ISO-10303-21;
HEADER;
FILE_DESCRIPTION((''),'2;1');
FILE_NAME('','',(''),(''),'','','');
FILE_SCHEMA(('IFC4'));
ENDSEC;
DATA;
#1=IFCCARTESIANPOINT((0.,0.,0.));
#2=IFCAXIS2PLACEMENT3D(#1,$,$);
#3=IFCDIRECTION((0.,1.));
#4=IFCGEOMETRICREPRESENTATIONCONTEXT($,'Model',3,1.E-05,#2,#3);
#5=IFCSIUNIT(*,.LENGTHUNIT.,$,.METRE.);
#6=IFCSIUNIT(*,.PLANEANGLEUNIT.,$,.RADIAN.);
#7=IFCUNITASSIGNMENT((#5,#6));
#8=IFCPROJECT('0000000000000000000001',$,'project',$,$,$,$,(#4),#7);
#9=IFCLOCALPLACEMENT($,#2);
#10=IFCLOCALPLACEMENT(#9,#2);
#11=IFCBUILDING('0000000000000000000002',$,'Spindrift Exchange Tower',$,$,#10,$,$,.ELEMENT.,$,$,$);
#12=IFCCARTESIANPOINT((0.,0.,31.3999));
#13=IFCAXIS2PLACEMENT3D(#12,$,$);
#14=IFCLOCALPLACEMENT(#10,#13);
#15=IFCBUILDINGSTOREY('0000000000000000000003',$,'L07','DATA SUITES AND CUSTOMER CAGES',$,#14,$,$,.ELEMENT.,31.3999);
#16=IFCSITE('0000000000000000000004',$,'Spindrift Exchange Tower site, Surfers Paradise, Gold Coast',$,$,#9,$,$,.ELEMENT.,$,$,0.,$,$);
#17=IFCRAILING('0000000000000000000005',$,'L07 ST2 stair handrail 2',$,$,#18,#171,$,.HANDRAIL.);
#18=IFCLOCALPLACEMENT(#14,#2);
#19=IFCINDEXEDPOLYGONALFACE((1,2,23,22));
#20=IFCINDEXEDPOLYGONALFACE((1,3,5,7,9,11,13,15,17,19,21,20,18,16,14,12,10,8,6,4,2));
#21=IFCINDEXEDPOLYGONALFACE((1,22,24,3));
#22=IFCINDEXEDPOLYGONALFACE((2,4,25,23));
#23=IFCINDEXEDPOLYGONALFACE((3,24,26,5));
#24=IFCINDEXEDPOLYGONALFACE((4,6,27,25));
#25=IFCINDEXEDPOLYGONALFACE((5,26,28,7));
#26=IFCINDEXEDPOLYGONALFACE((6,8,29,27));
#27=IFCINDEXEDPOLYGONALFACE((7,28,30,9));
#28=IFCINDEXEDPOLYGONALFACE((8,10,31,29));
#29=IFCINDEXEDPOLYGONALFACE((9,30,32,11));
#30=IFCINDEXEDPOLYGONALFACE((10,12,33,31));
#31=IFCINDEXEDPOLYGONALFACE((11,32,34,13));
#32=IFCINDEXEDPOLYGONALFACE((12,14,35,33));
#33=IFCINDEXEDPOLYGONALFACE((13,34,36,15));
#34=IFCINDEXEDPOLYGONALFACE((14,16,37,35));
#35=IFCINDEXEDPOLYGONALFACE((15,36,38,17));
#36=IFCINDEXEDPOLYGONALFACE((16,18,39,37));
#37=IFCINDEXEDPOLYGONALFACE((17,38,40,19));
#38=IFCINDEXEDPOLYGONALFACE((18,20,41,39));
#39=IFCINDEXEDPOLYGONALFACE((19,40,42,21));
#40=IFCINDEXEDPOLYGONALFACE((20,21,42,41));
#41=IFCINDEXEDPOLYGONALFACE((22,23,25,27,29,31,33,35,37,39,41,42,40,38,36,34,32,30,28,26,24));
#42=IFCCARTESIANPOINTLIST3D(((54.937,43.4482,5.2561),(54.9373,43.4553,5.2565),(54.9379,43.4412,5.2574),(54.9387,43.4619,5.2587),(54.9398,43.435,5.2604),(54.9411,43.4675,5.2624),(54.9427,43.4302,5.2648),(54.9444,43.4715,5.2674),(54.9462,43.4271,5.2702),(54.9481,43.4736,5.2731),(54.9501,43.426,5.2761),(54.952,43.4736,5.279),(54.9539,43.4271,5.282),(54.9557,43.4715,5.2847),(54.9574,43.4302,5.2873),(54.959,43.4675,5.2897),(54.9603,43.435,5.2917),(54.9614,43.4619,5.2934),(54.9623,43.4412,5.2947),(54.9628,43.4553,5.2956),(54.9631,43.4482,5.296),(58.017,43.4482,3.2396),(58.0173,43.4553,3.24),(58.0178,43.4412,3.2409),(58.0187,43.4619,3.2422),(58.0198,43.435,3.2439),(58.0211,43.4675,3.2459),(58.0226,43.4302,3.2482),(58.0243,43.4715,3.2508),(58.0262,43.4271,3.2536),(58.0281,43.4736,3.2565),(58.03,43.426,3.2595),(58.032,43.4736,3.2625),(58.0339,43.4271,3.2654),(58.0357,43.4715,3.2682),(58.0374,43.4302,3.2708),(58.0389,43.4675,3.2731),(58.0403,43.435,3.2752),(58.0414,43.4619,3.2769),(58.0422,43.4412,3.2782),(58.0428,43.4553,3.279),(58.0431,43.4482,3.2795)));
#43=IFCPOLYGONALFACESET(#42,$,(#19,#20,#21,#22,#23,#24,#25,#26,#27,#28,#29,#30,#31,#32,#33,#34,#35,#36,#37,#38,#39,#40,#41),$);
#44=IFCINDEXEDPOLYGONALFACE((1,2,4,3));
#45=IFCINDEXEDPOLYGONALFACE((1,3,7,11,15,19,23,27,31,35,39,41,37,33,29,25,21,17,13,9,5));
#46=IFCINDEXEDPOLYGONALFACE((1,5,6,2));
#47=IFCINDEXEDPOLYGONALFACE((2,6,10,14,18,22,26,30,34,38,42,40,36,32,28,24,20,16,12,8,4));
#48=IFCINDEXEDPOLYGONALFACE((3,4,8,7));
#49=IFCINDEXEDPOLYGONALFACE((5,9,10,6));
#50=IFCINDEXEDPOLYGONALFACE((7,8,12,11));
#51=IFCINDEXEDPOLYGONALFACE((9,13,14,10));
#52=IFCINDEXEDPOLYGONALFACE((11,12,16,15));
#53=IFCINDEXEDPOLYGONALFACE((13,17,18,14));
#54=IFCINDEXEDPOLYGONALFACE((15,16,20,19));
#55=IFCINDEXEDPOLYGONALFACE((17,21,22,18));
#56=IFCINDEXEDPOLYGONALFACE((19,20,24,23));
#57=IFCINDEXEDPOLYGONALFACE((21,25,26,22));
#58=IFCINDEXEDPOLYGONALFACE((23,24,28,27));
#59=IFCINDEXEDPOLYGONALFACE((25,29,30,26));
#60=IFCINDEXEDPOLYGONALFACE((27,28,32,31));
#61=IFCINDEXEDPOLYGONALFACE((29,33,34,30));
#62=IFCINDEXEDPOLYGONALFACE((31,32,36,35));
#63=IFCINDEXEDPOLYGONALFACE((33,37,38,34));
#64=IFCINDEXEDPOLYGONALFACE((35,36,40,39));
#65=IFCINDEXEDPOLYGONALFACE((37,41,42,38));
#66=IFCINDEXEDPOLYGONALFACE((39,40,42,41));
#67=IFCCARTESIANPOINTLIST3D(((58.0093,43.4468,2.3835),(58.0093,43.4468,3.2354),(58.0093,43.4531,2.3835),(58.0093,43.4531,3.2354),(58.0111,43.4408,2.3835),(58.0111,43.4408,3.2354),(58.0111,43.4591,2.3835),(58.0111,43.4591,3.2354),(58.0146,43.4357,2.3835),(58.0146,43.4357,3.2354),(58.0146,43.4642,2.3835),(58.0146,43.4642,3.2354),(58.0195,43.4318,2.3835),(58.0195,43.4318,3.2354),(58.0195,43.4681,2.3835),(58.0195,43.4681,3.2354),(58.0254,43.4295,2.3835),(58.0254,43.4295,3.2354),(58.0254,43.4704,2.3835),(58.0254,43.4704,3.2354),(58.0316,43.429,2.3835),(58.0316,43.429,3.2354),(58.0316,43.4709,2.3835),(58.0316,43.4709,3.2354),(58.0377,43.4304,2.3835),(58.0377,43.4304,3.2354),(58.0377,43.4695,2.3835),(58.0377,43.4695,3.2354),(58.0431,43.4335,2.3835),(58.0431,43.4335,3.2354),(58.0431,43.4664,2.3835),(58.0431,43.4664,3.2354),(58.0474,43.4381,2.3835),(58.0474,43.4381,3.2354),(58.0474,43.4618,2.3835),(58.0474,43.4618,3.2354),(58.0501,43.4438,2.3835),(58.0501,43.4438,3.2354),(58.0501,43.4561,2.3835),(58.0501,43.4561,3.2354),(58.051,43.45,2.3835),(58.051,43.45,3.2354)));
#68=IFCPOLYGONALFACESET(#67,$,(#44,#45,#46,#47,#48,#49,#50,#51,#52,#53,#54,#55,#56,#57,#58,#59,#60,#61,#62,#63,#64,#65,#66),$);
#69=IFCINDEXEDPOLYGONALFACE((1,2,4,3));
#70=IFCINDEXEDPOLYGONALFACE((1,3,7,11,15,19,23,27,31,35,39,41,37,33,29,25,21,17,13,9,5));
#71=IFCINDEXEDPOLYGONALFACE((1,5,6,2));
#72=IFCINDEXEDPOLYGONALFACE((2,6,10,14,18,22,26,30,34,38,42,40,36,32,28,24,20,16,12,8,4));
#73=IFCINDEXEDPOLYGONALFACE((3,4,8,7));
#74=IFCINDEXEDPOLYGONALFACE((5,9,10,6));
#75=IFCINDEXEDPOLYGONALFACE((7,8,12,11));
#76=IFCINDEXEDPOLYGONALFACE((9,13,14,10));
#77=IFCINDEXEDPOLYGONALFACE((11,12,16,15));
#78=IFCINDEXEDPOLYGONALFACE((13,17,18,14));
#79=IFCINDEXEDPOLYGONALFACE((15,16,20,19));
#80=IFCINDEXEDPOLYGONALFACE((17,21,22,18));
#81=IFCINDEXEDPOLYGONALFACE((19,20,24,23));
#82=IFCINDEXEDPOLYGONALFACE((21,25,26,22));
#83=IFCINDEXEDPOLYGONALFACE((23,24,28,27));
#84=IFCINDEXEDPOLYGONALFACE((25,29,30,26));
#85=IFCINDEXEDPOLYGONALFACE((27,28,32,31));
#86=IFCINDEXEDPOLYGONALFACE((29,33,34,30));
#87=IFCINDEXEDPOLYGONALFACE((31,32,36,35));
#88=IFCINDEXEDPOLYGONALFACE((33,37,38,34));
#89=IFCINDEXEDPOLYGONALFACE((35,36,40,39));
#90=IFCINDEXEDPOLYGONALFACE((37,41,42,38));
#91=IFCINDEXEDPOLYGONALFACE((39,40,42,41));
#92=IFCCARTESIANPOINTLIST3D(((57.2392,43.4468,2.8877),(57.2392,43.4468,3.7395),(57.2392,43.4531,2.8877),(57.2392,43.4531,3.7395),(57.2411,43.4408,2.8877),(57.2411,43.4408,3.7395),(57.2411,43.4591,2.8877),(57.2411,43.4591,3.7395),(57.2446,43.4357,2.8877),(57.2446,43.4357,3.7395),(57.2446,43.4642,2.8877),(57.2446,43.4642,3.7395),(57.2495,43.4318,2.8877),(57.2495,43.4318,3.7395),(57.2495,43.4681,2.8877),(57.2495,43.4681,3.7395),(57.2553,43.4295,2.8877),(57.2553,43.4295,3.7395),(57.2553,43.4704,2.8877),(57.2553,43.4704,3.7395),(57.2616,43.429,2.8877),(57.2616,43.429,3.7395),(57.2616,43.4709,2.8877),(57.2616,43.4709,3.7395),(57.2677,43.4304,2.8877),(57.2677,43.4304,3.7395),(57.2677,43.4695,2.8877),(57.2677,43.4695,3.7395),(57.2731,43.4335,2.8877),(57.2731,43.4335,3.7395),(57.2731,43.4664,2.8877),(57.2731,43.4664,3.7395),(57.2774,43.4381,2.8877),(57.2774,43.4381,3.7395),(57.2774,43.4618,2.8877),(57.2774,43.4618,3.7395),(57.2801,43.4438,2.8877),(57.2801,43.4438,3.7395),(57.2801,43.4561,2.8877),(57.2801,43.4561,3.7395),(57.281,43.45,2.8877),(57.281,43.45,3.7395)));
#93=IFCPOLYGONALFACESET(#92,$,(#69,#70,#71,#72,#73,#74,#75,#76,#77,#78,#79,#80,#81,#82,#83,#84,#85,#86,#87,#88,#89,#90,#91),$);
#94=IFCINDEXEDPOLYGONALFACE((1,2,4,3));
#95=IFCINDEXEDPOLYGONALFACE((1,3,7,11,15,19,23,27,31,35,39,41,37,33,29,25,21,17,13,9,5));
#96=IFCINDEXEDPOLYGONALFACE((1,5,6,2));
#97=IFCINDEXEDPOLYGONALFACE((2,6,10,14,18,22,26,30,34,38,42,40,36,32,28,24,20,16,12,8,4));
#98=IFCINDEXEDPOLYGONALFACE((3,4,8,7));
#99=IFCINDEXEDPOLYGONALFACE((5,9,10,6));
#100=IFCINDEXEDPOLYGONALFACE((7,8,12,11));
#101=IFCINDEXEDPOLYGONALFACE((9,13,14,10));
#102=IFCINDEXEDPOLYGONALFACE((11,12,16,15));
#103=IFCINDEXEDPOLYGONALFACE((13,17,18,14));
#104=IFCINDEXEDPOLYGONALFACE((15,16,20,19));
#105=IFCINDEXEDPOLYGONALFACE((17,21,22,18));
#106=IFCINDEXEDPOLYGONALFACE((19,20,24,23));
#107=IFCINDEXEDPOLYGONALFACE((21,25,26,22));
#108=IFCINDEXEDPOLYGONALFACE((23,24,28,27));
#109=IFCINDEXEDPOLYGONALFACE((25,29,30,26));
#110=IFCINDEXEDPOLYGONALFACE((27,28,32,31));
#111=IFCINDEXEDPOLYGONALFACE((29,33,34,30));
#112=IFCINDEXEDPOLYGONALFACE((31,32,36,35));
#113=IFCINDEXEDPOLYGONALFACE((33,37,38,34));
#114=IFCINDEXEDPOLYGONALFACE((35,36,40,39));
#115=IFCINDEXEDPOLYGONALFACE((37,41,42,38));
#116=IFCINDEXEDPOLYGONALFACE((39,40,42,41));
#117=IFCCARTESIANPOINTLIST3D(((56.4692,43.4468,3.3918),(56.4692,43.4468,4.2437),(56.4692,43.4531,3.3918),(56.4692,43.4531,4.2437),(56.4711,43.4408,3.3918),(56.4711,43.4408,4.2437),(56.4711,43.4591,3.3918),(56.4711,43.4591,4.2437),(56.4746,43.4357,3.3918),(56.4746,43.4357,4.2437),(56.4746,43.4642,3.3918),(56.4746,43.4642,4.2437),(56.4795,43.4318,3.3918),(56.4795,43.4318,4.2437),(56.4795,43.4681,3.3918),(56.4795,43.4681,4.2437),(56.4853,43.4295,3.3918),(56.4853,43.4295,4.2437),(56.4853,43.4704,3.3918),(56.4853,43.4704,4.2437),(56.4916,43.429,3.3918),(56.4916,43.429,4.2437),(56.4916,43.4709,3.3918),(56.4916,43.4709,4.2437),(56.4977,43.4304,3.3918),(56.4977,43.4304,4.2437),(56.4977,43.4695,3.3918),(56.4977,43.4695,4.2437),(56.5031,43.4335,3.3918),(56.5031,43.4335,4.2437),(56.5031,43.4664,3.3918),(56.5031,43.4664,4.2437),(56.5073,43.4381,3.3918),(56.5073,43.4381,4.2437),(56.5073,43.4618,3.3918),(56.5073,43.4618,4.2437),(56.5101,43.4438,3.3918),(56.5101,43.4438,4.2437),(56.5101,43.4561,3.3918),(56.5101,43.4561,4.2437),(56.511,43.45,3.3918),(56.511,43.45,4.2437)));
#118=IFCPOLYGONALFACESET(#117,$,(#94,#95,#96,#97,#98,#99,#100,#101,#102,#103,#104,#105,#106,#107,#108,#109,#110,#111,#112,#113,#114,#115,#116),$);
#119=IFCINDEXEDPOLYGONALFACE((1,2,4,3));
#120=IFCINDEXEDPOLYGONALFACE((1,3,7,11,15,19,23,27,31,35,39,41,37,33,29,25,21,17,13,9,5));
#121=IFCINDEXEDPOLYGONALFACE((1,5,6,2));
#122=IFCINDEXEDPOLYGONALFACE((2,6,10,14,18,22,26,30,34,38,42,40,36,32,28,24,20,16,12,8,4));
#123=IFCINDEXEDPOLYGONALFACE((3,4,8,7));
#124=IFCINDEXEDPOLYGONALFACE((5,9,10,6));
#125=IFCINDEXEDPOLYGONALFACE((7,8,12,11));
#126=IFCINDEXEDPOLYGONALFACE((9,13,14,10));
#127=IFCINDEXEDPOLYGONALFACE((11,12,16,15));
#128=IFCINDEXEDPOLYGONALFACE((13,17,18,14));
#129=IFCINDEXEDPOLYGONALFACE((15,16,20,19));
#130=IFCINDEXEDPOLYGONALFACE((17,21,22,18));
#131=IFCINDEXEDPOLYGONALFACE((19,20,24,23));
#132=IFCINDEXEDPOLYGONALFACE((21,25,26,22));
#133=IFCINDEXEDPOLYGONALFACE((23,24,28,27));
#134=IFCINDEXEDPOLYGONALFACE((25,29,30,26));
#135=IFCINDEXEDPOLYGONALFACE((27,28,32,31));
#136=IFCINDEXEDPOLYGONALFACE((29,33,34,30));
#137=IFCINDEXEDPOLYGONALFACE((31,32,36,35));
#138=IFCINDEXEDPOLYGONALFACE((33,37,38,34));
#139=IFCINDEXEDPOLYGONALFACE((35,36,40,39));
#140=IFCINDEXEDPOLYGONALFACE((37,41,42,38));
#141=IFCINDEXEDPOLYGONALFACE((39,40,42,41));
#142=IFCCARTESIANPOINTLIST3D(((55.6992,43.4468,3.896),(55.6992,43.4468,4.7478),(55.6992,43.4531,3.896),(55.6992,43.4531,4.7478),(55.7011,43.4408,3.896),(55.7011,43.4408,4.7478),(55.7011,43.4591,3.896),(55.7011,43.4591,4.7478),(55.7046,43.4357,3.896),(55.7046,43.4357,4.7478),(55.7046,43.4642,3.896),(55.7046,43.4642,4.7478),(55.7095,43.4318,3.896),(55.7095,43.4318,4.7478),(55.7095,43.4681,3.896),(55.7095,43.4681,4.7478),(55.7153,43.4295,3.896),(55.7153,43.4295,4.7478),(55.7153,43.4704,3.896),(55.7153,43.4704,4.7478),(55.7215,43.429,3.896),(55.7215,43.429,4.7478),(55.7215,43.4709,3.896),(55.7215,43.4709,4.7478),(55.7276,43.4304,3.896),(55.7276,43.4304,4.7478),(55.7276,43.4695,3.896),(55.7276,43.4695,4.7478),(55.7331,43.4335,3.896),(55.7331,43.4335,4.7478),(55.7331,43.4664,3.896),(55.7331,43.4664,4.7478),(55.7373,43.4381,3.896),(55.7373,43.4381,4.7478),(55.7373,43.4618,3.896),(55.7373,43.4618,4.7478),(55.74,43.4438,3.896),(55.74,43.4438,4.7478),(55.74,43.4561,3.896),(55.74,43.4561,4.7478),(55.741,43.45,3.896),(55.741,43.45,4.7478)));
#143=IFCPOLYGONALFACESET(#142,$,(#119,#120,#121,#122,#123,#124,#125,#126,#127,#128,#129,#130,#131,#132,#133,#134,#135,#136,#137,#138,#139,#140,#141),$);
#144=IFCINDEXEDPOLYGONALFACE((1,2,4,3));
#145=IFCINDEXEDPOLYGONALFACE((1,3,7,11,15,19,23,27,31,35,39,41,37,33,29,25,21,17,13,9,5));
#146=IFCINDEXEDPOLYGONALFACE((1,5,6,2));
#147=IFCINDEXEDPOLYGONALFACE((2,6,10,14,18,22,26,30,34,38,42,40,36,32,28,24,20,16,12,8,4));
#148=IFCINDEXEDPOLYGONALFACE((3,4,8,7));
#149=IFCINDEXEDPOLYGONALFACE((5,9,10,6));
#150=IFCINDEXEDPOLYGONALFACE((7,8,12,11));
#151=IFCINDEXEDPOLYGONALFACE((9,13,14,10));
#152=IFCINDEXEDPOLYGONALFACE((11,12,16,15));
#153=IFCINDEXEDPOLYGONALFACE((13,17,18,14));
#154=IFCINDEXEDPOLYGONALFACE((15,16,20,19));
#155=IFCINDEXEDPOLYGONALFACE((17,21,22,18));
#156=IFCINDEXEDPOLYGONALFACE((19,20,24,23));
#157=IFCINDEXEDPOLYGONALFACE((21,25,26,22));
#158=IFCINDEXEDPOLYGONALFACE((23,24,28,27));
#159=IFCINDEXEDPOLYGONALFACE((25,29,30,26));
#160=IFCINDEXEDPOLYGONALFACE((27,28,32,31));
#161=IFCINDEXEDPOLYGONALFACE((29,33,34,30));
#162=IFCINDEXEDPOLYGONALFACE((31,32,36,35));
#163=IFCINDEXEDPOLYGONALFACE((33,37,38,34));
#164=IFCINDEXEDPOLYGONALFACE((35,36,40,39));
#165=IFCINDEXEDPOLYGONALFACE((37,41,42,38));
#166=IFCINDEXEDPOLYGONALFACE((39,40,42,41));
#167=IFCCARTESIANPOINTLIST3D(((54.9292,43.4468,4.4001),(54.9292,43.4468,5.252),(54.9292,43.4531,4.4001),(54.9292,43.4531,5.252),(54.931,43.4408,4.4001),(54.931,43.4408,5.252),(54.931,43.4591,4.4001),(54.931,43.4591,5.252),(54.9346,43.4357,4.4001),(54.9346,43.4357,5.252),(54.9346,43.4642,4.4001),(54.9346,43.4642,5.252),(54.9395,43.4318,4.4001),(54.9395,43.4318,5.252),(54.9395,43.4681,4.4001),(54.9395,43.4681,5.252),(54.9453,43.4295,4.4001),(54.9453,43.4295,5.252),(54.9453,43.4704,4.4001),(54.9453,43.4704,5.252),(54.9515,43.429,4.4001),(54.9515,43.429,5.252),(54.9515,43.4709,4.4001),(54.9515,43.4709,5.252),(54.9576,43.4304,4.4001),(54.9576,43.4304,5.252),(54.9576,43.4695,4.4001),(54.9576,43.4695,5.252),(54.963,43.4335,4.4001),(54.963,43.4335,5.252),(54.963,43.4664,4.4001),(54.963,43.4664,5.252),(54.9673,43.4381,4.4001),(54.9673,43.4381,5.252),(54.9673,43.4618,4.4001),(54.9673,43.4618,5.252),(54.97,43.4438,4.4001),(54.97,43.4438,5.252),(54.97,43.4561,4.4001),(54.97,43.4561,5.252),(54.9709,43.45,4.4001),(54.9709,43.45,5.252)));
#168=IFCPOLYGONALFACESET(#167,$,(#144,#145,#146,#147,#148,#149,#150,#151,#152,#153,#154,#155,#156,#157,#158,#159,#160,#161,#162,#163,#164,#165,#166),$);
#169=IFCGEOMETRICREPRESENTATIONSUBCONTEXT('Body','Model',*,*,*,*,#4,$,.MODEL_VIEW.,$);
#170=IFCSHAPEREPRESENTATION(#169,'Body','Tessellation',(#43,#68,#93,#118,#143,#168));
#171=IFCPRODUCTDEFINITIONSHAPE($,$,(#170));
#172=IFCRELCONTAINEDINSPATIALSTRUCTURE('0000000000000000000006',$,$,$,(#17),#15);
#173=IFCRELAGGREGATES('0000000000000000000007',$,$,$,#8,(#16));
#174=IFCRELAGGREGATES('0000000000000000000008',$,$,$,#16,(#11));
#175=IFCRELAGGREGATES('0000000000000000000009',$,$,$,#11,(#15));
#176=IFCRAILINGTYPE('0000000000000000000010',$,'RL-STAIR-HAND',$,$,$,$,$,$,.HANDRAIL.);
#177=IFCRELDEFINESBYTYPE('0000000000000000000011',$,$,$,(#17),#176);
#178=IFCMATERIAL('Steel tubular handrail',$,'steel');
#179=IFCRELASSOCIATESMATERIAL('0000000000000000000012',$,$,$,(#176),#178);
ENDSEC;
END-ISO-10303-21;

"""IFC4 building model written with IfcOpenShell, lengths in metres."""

from ifc_helpers import new_model, si_unit, direction, frame, origin, origin_2d, place, context, subcontext, project, spatial, circle, extrude, material, type_object, element, save


model = new_model("IFC4")

# Units and contexts
model_context = context("Model", 3, precision=1e-05, world=origin(), true_north=direction((0.0, 1.0)))
body_context = subcontext(model_context, "Body", "Model", "MODEL_VIEW")
ifc_project = project(units=[si_unit("LENGTHUNIT", "METRE"), si_unit("PLANEANGLEUNIT", "RADIAN")], contexts=[model_context])

# Site, building, storey
site_placement = place(None, origin())
site = spatial("IfcSite", under=ifc_project, at=site_placement, Name="Spindrift Exchange Tower site, Surfers Paradise, Gold Coast", CompositionType="ELEMENT", RefElevation=0.0)
building_placement = place(site_placement, origin())
building = spatial("IfcBuilding", under=site, at=building_placement, Name="Spindrift Exchange Tower", CompositionType="ELEMENT")
storey_placement = place(building_placement, frame((0.0, 0.0, 31.3999)))
storey = spatial("IfcBuildingStorey", under=building, at=storey_placement, Name="L07", Description="DATA SUITES AND CUSTOMER CAGES", CompositionType="ELEMENT", Elevation=31.3999)

# Railing
ifc_material_1 = material(Name="Steel tubular handrail", Category="steel")
railing_type_1 = type_object("IfcRailingType", Name="RL-STAIR-HAND", PredefinedType="HANDRAIL", material=ifc_material_1)
railing_1_placement = place(storey_placement, frame((58.03, 43.45, 2.3835)))
element("IfcRailing", 1, at=railing_1_placement, inside=storey, type_object=railing_type_1, Name="L07 ST2 stair handrail 2", PredefinedType="HANDRAIL", context=body_context, shape_type="SweptSolid", body=[
    extrude(circle(Radius=0.0239, at=origin_2d()), frame((0.0, 0.0, 0.876), z_axis=(-0.836633, 0.0, 0.547764), x_axis=(0.0, -1.0, 0.0)), (0.0, 0.0, 1.0), 3.6814),
    extrude(circle(Radius=0.021, at=origin_2d()), origin(), (0.0, 0.0, 1.0), 0.8518),
    extrude(circle(Radius=0.021, at=origin_2d()), frame((-0.77, 0.0, 0.5042)), (0.0, 0.0, 1.0), 0.8518),
    extrude(circle(Radius=0.021, at=origin_2d()), frame((-1.54, 0.0, 1.0083)), (0.0, 0.0, 1.0), 0.8518),
    extrude(circle(Radius=0.021, at=origin_2d()), frame((-2.3101, 0.0, 1.5125)), (0.0, 0.0, 1.0), 0.8518),
    extrude(circle(Radius=0.021, at=origin_2d()), frame((-3.0801, 0.0, 2.0166)), (0.0, 0.0, 1.0), 0.8518),
])

save(model, "model.ifc")
